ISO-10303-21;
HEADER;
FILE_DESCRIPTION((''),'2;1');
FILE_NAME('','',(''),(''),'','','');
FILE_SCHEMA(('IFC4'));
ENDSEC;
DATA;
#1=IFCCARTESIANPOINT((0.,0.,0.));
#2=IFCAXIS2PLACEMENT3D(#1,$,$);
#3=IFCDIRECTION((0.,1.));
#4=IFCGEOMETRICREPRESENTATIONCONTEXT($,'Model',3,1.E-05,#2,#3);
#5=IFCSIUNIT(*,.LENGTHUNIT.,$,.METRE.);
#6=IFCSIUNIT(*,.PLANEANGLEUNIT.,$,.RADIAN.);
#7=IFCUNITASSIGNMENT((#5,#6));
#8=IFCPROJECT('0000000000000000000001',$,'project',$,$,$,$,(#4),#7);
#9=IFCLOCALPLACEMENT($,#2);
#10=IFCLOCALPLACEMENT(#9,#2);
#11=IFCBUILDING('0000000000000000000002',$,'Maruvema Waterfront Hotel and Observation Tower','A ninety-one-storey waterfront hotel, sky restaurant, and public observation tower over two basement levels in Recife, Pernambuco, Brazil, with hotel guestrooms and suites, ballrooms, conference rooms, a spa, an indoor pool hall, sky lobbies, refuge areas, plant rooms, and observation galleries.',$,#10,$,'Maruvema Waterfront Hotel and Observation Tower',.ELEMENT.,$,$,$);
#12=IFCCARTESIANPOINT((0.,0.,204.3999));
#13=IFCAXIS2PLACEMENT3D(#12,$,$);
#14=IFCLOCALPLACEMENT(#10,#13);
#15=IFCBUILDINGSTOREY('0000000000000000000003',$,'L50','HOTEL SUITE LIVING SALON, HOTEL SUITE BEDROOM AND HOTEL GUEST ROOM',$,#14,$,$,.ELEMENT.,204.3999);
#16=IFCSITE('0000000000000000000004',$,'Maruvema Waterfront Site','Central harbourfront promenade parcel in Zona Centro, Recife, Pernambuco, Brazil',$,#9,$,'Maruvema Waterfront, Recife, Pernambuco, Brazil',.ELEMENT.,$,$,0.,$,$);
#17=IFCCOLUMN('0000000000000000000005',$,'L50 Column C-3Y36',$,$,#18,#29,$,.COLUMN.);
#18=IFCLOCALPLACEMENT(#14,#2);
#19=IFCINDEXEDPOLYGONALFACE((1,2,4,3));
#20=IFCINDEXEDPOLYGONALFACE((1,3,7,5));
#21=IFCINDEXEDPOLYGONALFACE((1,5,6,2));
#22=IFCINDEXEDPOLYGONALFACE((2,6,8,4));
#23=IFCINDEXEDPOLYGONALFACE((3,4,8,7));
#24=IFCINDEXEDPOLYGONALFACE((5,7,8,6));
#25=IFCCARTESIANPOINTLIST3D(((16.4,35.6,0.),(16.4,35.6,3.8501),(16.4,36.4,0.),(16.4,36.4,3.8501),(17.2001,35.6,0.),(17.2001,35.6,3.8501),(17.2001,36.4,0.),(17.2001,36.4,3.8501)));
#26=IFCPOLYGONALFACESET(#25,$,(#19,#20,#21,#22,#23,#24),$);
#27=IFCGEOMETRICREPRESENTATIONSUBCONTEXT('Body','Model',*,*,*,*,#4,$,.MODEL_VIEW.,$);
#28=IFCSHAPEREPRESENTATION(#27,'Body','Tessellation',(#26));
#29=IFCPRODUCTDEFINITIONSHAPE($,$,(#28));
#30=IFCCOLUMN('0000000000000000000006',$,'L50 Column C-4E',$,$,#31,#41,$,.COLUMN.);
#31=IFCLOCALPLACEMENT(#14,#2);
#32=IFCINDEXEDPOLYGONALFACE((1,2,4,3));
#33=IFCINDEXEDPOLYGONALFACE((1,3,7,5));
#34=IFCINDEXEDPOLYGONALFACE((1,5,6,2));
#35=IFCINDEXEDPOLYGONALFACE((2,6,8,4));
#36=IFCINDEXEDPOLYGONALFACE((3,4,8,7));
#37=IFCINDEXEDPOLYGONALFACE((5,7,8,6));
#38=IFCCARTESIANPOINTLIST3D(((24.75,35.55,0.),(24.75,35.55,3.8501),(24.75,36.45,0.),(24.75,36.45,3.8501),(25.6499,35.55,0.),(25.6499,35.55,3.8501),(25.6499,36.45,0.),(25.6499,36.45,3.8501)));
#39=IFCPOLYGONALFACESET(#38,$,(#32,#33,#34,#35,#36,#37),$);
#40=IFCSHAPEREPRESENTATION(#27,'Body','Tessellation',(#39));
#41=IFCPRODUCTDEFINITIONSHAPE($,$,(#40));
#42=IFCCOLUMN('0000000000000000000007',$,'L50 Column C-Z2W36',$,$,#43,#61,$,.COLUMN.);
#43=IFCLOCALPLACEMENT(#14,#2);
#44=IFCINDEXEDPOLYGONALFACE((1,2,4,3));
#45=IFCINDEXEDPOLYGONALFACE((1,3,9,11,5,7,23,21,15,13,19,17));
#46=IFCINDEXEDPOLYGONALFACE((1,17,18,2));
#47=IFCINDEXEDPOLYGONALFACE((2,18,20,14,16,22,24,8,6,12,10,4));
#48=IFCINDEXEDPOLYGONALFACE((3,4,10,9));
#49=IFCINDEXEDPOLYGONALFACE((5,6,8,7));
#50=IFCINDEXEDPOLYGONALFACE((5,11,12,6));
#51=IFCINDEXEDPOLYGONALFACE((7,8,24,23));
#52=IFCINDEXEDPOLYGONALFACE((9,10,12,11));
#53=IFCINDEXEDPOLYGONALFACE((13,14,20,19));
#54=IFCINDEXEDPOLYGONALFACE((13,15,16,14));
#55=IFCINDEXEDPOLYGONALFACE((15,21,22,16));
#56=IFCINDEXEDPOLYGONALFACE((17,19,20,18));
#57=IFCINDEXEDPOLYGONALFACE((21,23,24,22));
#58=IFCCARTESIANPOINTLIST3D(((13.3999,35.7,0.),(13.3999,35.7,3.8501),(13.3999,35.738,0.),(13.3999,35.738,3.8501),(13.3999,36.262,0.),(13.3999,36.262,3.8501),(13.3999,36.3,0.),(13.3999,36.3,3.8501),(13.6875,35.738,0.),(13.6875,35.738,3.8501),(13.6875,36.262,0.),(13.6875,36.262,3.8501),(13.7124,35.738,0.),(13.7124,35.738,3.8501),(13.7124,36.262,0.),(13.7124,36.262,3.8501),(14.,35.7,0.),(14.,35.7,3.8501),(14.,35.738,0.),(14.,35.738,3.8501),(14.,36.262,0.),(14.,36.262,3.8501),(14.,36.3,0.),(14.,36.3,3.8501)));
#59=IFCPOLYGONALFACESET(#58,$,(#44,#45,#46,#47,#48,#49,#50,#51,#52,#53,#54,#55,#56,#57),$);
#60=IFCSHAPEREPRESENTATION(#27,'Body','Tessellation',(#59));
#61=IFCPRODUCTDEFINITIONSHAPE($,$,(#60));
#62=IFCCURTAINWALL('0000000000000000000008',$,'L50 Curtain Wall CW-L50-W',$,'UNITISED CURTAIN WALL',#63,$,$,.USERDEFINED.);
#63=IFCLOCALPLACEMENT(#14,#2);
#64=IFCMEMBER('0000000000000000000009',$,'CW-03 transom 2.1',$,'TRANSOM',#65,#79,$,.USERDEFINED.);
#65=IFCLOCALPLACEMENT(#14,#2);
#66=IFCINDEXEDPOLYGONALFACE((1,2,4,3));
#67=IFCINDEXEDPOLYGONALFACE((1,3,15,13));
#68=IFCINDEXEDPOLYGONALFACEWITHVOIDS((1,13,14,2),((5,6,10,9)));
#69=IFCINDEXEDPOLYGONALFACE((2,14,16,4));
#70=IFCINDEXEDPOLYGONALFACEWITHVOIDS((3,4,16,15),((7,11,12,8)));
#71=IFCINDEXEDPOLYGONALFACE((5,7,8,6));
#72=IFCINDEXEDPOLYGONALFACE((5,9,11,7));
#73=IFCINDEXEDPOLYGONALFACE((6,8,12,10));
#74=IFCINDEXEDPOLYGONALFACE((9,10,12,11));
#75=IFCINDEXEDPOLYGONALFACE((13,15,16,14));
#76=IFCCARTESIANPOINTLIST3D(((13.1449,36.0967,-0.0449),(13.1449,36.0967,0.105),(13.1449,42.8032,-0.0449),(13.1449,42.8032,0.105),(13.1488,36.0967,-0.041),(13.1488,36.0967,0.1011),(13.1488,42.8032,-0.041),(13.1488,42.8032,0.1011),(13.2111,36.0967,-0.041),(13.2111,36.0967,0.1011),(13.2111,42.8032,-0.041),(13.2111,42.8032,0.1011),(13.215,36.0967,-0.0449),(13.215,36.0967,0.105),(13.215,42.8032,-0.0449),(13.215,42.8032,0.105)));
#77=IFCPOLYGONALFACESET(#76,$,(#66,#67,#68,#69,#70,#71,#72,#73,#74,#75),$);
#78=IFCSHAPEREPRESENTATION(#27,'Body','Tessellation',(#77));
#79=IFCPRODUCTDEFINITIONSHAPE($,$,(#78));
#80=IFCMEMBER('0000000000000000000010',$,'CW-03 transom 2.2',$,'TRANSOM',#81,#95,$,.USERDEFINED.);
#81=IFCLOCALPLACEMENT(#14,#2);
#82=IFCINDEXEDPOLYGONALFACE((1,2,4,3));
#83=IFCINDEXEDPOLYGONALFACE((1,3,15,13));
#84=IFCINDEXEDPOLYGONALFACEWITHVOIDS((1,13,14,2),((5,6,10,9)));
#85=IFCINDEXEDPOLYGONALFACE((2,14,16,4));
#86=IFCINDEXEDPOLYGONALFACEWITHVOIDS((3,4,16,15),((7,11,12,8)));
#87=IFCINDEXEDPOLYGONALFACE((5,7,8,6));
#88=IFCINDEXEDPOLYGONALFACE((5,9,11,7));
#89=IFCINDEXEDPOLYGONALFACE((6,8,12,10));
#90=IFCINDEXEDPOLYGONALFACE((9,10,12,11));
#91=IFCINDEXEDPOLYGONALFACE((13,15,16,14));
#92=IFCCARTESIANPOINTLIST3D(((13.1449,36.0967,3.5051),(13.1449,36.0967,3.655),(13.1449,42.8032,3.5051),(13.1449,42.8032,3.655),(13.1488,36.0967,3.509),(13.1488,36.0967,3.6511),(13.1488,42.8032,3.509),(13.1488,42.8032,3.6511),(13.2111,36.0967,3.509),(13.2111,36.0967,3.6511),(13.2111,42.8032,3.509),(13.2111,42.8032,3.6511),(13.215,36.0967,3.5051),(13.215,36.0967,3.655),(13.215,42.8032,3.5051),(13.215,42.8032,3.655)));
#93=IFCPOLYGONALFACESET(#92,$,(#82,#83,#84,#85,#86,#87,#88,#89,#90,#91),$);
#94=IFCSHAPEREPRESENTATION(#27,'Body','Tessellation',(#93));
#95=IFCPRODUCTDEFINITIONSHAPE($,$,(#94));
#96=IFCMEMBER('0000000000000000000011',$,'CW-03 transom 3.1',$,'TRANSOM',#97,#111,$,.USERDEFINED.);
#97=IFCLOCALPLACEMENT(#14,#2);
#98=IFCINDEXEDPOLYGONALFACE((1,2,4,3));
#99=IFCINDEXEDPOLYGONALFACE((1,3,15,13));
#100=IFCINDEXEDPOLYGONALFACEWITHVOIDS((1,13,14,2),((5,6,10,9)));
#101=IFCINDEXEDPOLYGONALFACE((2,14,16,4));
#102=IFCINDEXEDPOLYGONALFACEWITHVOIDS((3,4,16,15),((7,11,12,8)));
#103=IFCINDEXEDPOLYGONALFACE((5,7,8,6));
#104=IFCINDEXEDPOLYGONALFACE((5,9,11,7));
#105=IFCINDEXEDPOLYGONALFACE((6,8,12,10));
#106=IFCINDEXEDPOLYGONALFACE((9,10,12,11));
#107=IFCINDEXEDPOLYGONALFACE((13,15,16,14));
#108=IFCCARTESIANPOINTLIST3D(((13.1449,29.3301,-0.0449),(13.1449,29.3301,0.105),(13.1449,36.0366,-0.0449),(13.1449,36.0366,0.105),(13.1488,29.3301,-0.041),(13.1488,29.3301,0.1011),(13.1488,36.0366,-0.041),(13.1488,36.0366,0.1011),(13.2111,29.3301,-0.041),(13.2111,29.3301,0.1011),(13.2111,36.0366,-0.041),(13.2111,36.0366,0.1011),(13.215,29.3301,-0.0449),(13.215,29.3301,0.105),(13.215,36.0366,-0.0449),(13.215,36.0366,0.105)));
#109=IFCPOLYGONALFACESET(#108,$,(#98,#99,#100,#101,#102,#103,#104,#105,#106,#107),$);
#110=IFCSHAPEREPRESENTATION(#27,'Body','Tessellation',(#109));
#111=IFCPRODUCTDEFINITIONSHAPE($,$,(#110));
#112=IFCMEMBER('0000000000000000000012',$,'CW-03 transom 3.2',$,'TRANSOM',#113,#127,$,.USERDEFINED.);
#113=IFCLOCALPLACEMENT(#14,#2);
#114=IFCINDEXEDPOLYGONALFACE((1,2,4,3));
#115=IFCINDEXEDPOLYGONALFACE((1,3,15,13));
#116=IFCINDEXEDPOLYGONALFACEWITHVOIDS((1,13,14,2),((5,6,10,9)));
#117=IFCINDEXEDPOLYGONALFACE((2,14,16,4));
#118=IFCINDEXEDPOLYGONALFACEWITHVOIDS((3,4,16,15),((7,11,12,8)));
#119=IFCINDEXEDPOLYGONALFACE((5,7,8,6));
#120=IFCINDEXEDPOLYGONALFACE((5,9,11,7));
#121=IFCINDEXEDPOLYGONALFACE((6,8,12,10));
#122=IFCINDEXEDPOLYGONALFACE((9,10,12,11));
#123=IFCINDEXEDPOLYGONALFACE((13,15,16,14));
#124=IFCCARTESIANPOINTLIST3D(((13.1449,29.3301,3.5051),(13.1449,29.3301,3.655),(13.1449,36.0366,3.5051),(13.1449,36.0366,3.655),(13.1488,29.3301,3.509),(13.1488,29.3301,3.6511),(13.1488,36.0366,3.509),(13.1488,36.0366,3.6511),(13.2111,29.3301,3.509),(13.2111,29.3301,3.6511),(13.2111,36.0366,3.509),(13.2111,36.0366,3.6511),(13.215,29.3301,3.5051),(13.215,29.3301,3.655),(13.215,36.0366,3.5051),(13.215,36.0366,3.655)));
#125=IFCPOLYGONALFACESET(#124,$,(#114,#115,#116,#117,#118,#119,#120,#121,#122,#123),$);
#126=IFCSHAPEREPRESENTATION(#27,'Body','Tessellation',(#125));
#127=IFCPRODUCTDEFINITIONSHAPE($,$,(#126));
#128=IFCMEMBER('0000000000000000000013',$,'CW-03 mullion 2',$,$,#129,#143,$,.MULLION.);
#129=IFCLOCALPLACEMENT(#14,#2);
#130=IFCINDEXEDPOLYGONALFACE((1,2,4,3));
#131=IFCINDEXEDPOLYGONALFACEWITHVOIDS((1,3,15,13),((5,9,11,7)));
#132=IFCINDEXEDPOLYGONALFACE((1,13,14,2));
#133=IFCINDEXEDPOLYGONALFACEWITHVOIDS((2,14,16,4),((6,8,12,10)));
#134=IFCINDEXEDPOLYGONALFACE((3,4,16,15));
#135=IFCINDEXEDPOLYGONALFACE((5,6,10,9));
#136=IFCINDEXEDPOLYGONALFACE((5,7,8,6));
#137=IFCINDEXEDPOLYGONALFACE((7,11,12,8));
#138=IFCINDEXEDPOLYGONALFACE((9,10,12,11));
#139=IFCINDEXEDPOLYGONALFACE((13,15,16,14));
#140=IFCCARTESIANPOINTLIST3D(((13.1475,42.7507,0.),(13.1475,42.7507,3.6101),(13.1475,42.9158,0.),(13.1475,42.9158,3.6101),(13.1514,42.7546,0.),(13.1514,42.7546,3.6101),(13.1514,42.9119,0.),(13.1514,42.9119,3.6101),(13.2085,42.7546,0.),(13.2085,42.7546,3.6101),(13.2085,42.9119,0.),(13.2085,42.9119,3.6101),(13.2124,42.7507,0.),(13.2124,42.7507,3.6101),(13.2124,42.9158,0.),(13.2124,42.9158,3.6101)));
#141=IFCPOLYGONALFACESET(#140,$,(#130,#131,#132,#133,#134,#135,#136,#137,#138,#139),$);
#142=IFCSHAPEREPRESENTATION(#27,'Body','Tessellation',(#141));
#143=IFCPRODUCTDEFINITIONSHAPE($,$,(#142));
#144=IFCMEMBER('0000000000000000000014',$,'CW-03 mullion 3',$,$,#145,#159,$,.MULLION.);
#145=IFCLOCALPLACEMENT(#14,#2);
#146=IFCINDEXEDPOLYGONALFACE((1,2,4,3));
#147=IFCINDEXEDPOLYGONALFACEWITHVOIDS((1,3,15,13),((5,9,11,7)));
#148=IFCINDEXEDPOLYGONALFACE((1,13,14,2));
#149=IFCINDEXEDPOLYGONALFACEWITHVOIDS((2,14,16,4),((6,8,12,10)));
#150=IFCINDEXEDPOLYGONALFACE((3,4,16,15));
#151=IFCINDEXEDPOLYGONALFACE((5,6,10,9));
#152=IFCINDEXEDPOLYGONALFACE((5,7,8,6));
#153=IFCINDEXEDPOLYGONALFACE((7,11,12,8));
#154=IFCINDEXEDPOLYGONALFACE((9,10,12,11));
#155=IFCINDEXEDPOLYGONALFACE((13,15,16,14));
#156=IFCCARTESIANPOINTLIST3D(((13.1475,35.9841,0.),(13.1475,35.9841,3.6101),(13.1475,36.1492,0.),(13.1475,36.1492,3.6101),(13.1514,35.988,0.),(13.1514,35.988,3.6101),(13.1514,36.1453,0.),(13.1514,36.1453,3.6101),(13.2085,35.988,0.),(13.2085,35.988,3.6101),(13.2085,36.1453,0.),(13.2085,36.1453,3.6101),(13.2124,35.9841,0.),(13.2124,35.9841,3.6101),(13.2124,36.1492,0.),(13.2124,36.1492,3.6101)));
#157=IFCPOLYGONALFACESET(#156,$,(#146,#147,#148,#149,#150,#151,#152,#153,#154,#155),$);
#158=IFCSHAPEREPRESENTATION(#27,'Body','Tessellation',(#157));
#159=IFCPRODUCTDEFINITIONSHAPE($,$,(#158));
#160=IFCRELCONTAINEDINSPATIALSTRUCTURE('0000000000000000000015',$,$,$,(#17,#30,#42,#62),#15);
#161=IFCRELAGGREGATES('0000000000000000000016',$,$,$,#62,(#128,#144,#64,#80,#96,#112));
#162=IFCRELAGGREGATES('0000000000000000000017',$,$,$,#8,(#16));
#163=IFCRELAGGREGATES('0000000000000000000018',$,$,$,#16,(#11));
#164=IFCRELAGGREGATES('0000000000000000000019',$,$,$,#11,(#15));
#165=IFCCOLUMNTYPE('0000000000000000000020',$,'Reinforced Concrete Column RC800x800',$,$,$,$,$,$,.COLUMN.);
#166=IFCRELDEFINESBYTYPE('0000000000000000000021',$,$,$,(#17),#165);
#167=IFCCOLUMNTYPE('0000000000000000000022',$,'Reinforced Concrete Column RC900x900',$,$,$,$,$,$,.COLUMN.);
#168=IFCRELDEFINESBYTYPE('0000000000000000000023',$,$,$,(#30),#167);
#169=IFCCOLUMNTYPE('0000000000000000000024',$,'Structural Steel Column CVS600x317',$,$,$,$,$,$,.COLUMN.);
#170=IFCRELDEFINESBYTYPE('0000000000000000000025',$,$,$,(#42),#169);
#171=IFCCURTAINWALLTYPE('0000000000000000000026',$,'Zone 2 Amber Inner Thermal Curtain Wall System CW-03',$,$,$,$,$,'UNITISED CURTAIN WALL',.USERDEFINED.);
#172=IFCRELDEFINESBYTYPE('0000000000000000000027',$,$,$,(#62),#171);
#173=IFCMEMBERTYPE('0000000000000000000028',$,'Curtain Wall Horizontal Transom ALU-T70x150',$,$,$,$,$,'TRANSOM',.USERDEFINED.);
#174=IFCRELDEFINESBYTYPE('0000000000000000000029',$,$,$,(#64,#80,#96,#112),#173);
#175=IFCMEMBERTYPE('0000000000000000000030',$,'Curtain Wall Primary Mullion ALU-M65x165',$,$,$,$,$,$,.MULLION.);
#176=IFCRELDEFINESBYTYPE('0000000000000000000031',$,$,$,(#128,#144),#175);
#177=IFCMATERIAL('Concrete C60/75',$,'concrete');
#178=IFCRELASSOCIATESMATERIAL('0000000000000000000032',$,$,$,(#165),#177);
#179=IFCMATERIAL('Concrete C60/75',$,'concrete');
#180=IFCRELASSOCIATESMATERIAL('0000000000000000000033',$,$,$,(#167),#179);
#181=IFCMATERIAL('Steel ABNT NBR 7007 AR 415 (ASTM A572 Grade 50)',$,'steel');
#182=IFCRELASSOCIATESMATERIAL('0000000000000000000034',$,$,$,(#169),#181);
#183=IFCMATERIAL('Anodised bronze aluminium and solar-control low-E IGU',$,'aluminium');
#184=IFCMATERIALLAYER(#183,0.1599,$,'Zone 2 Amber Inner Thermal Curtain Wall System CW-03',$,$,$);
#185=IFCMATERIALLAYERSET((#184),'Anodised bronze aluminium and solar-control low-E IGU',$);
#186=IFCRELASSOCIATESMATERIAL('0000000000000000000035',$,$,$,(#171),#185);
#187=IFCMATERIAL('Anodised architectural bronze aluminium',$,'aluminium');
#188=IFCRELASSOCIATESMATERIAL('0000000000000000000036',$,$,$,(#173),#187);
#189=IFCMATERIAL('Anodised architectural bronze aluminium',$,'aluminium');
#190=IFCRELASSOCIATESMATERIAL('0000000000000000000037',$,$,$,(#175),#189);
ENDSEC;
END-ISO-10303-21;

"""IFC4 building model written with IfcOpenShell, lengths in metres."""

from ifc_helpers import new_model, si_unit, direction, frame, origin, origin_2d, place, context, subcontext, project, spatial, rectangle, hollow_rectangle, i_section, extrude, material, layer, layer_set, material_profile, profile_set, type_object, element, aggregate, save


model = new_model("IFC4")

# Units and contexts
model_context = context("Model", 3, precision=1e-05, world=origin(), true_north=direction((0.0, 1.0)))
body_context = subcontext(model_context, "Body", "Model", "MODEL_VIEW")
ifc_project = project(units=[si_unit("LENGTHUNIT", "METRE"), si_unit("PLANEANGLEUNIT", "RADIAN")], contexts=[model_context])

# Site, building, storey
site_placement = place(None, origin())
site = spatial("IfcSite", under=ifc_project, at=site_placement, Name="Maruvema Waterfront Site", Description="Central harbourfront promenade parcel in Zona Centro, Recife, Pernambuco, Brazil", LongName="Maruvema Waterfront, Recife, Pernambuco, Brazil", CompositionType="ELEMENT", RefElevation=0.0)
building_placement = place(site_placement, origin())
building = spatial("IfcBuilding", under=site, at=building_placement, Name="Maruvema Waterfront Hotel and Observation Tower", Description="A ninety-one-storey waterfront hotel, sky restaurant, and public observation tower over two basement levels in Recife, Pernambuco, Brazil, with hotel guestrooms and suites, ballrooms, conference rooms, a spa, an indoor pool hall, sky lobbies, refuge areas, plant rooms, and observation galleries.", LongName="Maruvema Waterfront Hotel and Observation Tower", CompositionType="ELEMENT")
storey_placement = place(building_placement, frame((0.0, 0.0, 204.3999)))
storey = spatial("IfcBuildingStorey", under=building, at=storey_placement, Name="L50", Description="HOTEL SUITE LIVING SALON, HOTEL SUITE BEDROOM AND HOTEL GUEST ROOM", CompositionType="ELEMENT", Elevation=204.3999)

# Columns
ifc_material_1 = material(Name="Concrete C60/75", Category="concrete")
ifc_material_profile_1 = material_profile(ifc_material_1, rectangle(XDim=0.8, YDim=0.8, at=origin_2d()), Name="RC800x800")
ifc_profile_set_1 = profile_set([ifc_material_profile_1], Name="Concrete C60/75")
column_type_1 = type_object("IfcColumnType", Name="Reinforced Concrete Column RC800x800", PredefinedType="COLUMN", material=ifc_profile_set_1)
column_1_placement = place(storey_placement, frame((16.8, 36.0, 0.0), z_axis=(0.0, 0.0, 1.0), x_axis=(1.0, 0.0, 0.0)))
element("IfcColumn", 1, at=column_1_placement, inside=storey, type_object=column_type_1, Name="L50 Column C-3Y36", PredefinedType="COLUMN", context=body_context, shape_type="SweptSolid", body=[
    extrude(rectangle(XDim=0.8, YDim=0.8, at=origin_2d()), origin(), (0.0, 0.0, 1.0), 3.8501),
])
ifc_material_2 = material(Name="Concrete C60/75", Category="concrete")
ifc_material_profile_2 = material_profile(ifc_material_2, rectangle(XDim=0.8999, YDim=0.8999, at=origin_2d()), Name="RC900x900")
ifc_profile_set_2 = profile_set([ifc_material_profile_2], Name="Concrete C60/75")
column_type_2 = type_object("IfcColumnType", Name="Reinforced Concrete Column RC900x900", PredefinedType="COLUMN", material=ifc_profile_set_2)
column_2_placement = place(storey_placement, frame((25.2, 36.0, 0.0), z_axis=(0.0, 0.0, 1.0), x_axis=(1.0, 0.0, 0.0)))
element("IfcColumn", 2, at=column_2_placement, inside=storey, type_object=column_type_2, Name="L50 Column C-4E", PredefinedType="COLUMN", context=body_context, shape_type="SweptSolid", body=[
    extrude(rectangle(XDim=0.8999, YDim=0.8999, at=origin_2d()), origin(), (0.0, 0.0, 1.0), 3.8501),
])
ifc_material_3 = material(Name="Steel ABNT NBR 7007 AR 415 (ASTM A572 Grade 50)", Category="steel")
ifc_material_profile_3 = material_profile(ifc_material_3, i_section(OverallWidth=0.6001, OverallDepth=0.6001, WebThickness=0.0249, FlangeThickness=0.0381, at=origin_2d()), Name="CVS600x317")
ifc_profile_set_3 = profile_set([ifc_material_profile_3], Name="Steel ABNT NBR 7007 AR 415 (ASTM A572 Grade 50)")
column_type_3 = type_object("IfcColumnType", Name="Structural Steel Column CVS600x317", PredefinedType="COLUMN", material=ifc_profile_set_3)
column_3_placement = place(storey_placement, frame((13.7, 36.0, 0.0), z_axis=(0.0, 0.0, 1.0), x_axis=(1.0, 0.0, 0.0)))
element("IfcColumn", 3, at=column_3_placement, inside=storey, type_object=column_type_3, Name="L50 Column C-Z2W36", PredefinedType="COLUMN", context=body_context, shape_type="SweptSolid", body=[
    extrude(i_section(OverallWidth=0.6001, OverallDepth=0.6001, WebThickness=0.0249, FlangeThickness=0.0381, at=origin_2d()), origin(), (0.0, 0.0, 1.0), 3.8501),
])

# Curtain wall, members
ifc_material_4 = material(Name="Anodised bronze aluminium and solar-control low-E IGU", Category="aluminium")
ifc_layer_1 = layer(ifc_material_4, 0.1599, Name="Zone 2 Amber Inner Thermal Curtain Wall System CW-03")
ifc_layer_set_1 = layer_set([ifc_layer_1], Name="Anodised bronze aluminium and solar-control low-E IGU")
curtain_wall_type = type_object("IfcCurtainWallType", Name="Zone 2 Amber Inner Thermal Curtain Wall System CW-03", ElementType="UNITISED CURTAIN WALL", PredefinedType="USERDEFINED", material=ifc_layer_set_1)
curtain_wall_placement = place(storey_placement, origin())
curtain_wall = element("IfcCurtainWall", 4, at=curtain_wall_placement, inside=storey, type_object=curtain_wall_type, Name="L50 Curtain Wall CW-L50-W", ObjectType="UNITISED CURTAIN WALL", PredefinedType="USERDEFINED")
ifc_material_5 = material(Name="Anodised architectural bronze aluminium", Category="aluminium")
ifc_material_profile_4 = material_profile(ifc_material_5, hollow_rectangle(XDim=0.0701, YDim=0.1499, WallThickness=0.0039, at=origin_2d()), Name="ALU-T70x150")
ifc_profile_set_4 = profile_set([ifc_material_profile_4], Name="Anodised architectural bronze aluminium")
member_type_1 = type_object("IfcMemberType", Name="Curtain Wall Horizontal Transom ALU-T70x150", ElementType="TRANSOM", PredefinedType="USERDEFINED", material=ifc_profile_set_4)
member_1_placement = place(storey_placement, frame((13.1799, 42.8032, 0.03), z_axis=(0.0, -1.0, 0.0), x_axis=(1.0, 0.0, 0.0)))
member_1 = element("IfcMember", 5, at=member_1_placement, type_object=member_type_1, Name="CW-03 transom 2.1", ObjectType="TRANSOM", PredefinedType="USERDEFINED", context=body_context, shape_type="SweptSolid", body=[
    extrude(hollow_rectangle(XDim=0.0701, YDim=0.1499, WallThickness=0.0039, at=origin_2d()), origin(), (0.0, 0.0, 1.0), 6.7065),
])
member_2_placement = place(storey_placement, frame((13.1799, 42.8032, 3.5801), z_axis=(0.0, -1.0, 0.0), x_axis=(1.0, 0.0, 0.0)))
member_2 = element("IfcMember", 6, at=member_2_placement, type_object=member_type_1, Name="CW-03 transom 2.2", ObjectType="TRANSOM", PredefinedType="USERDEFINED", context=body_context, shape_type="SweptSolid", body=[
    extrude(hollow_rectangle(XDim=0.0701, YDim=0.1499, WallThickness=0.0039, at=origin_2d()), origin(), (0.0, 0.0, 1.0), 6.7065),
])
member_3_placement = place(storey_placement, frame((13.1799, 36.0366, 0.03), z_axis=(0.0, -1.0, 0.0), x_axis=(1.0, 0.0, 0.0)))
member_3 = element("IfcMember", 7, at=member_3_placement, type_object=member_type_1, Name="CW-03 transom 3.1", ObjectType="TRANSOM", PredefinedType="USERDEFINED", context=body_context, shape_type="SweptSolid", body=[
    extrude(hollow_rectangle(XDim=0.0701, YDim=0.1499, WallThickness=0.0039, at=origin_2d()), origin(), (0.0, 0.0, 1.0), 6.7065),
])
member_4_placement = place(storey_placement, frame((13.1799, 36.0366, 3.5801), z_axis=(0.0, -1.0, 0.0), x_axis=(1.0, 0.0, 0.0)))
member_4 = element("IfcMember", 8, at=member_4_placement, type_object=member_type_1, Name="CW-03 transom 3.2", ObjectType="TRANSOM", PredefinedType="USERDEFINED", context=body_context, shape_type="SweptSolid", body=[
    extrude(hollow_rectangle(XDim=0.0701, YDim=0.1499, WallThickness=0.0039, at=origin_2d()), origin(), (0.0, 0.0, 1.0), 6.7065),
])
ifc_material_6 = material(Name="Anodised architectural bronze aluminium", Category="aluminium")
ifc_material_profile_5 = material_profile(ifc_material_6, hollow_rectangle(XDim=0.0649, YDim=0.165, WallThickness=0.0039, at=origin_2d()), Name="ALU-M65x165")
ifc_profile_set_5 = profile_set([ifc_material_profile_5], Name="Anodised architectural bronze aluminium")
member_type_2 = type_object("IfcMemberType", Name="Curtain Wall Primary Mullion ALU-M65x165", PredefinedType="MULLION", material=ifc_profile_set_5)
member_5_placement = place(storey_placement, frame((13.1799, 42.8333, 0.0), z_axis=(0.0, 0.0, 1.0), x_axis=(1.0, 0.0, 0.0)))
member_5 = element("IfcMember", 9, at=member_5_placement, type_object=member_type_2, Name="CW-03 mullion 2", PredefinedType="MULLION", context=body_context, shape_type="SweptSolid", body=[
    extrude(hollow_rectangle(XDim=0.0649, YDim=0.165, WallThickness=0.0039, at=origin_2d()), origin(), (0.0, 0.0, 1.0), 3.6101),
])
member_6_placement = place(storey_placement, frame((13.1799, 36.0667, 0.0), z_axis=(0.0, 0.0, 1.0), x_axis=(1.0, 0.0, 0.0)))
member_6 = element("IfcMember", 10, at=member_6_placement, type_object=member_type_2, Name="CW-03 mullion 3", PredefinedType="MULLION", context=body_context, shape_type="SweptSolid", body=[
    extrude(hollow_rectangle(XDim=0.0649, YDim=0.165, WallThickness=0.0039, at=origin_2d()), origin(), (0.0, 0.0, 1.0), 3.6101),
])

aggregate(curtain_wall, [member_5, member_6, member_1, member_2, member_3, member_4])

save(model, "model.ifc")
